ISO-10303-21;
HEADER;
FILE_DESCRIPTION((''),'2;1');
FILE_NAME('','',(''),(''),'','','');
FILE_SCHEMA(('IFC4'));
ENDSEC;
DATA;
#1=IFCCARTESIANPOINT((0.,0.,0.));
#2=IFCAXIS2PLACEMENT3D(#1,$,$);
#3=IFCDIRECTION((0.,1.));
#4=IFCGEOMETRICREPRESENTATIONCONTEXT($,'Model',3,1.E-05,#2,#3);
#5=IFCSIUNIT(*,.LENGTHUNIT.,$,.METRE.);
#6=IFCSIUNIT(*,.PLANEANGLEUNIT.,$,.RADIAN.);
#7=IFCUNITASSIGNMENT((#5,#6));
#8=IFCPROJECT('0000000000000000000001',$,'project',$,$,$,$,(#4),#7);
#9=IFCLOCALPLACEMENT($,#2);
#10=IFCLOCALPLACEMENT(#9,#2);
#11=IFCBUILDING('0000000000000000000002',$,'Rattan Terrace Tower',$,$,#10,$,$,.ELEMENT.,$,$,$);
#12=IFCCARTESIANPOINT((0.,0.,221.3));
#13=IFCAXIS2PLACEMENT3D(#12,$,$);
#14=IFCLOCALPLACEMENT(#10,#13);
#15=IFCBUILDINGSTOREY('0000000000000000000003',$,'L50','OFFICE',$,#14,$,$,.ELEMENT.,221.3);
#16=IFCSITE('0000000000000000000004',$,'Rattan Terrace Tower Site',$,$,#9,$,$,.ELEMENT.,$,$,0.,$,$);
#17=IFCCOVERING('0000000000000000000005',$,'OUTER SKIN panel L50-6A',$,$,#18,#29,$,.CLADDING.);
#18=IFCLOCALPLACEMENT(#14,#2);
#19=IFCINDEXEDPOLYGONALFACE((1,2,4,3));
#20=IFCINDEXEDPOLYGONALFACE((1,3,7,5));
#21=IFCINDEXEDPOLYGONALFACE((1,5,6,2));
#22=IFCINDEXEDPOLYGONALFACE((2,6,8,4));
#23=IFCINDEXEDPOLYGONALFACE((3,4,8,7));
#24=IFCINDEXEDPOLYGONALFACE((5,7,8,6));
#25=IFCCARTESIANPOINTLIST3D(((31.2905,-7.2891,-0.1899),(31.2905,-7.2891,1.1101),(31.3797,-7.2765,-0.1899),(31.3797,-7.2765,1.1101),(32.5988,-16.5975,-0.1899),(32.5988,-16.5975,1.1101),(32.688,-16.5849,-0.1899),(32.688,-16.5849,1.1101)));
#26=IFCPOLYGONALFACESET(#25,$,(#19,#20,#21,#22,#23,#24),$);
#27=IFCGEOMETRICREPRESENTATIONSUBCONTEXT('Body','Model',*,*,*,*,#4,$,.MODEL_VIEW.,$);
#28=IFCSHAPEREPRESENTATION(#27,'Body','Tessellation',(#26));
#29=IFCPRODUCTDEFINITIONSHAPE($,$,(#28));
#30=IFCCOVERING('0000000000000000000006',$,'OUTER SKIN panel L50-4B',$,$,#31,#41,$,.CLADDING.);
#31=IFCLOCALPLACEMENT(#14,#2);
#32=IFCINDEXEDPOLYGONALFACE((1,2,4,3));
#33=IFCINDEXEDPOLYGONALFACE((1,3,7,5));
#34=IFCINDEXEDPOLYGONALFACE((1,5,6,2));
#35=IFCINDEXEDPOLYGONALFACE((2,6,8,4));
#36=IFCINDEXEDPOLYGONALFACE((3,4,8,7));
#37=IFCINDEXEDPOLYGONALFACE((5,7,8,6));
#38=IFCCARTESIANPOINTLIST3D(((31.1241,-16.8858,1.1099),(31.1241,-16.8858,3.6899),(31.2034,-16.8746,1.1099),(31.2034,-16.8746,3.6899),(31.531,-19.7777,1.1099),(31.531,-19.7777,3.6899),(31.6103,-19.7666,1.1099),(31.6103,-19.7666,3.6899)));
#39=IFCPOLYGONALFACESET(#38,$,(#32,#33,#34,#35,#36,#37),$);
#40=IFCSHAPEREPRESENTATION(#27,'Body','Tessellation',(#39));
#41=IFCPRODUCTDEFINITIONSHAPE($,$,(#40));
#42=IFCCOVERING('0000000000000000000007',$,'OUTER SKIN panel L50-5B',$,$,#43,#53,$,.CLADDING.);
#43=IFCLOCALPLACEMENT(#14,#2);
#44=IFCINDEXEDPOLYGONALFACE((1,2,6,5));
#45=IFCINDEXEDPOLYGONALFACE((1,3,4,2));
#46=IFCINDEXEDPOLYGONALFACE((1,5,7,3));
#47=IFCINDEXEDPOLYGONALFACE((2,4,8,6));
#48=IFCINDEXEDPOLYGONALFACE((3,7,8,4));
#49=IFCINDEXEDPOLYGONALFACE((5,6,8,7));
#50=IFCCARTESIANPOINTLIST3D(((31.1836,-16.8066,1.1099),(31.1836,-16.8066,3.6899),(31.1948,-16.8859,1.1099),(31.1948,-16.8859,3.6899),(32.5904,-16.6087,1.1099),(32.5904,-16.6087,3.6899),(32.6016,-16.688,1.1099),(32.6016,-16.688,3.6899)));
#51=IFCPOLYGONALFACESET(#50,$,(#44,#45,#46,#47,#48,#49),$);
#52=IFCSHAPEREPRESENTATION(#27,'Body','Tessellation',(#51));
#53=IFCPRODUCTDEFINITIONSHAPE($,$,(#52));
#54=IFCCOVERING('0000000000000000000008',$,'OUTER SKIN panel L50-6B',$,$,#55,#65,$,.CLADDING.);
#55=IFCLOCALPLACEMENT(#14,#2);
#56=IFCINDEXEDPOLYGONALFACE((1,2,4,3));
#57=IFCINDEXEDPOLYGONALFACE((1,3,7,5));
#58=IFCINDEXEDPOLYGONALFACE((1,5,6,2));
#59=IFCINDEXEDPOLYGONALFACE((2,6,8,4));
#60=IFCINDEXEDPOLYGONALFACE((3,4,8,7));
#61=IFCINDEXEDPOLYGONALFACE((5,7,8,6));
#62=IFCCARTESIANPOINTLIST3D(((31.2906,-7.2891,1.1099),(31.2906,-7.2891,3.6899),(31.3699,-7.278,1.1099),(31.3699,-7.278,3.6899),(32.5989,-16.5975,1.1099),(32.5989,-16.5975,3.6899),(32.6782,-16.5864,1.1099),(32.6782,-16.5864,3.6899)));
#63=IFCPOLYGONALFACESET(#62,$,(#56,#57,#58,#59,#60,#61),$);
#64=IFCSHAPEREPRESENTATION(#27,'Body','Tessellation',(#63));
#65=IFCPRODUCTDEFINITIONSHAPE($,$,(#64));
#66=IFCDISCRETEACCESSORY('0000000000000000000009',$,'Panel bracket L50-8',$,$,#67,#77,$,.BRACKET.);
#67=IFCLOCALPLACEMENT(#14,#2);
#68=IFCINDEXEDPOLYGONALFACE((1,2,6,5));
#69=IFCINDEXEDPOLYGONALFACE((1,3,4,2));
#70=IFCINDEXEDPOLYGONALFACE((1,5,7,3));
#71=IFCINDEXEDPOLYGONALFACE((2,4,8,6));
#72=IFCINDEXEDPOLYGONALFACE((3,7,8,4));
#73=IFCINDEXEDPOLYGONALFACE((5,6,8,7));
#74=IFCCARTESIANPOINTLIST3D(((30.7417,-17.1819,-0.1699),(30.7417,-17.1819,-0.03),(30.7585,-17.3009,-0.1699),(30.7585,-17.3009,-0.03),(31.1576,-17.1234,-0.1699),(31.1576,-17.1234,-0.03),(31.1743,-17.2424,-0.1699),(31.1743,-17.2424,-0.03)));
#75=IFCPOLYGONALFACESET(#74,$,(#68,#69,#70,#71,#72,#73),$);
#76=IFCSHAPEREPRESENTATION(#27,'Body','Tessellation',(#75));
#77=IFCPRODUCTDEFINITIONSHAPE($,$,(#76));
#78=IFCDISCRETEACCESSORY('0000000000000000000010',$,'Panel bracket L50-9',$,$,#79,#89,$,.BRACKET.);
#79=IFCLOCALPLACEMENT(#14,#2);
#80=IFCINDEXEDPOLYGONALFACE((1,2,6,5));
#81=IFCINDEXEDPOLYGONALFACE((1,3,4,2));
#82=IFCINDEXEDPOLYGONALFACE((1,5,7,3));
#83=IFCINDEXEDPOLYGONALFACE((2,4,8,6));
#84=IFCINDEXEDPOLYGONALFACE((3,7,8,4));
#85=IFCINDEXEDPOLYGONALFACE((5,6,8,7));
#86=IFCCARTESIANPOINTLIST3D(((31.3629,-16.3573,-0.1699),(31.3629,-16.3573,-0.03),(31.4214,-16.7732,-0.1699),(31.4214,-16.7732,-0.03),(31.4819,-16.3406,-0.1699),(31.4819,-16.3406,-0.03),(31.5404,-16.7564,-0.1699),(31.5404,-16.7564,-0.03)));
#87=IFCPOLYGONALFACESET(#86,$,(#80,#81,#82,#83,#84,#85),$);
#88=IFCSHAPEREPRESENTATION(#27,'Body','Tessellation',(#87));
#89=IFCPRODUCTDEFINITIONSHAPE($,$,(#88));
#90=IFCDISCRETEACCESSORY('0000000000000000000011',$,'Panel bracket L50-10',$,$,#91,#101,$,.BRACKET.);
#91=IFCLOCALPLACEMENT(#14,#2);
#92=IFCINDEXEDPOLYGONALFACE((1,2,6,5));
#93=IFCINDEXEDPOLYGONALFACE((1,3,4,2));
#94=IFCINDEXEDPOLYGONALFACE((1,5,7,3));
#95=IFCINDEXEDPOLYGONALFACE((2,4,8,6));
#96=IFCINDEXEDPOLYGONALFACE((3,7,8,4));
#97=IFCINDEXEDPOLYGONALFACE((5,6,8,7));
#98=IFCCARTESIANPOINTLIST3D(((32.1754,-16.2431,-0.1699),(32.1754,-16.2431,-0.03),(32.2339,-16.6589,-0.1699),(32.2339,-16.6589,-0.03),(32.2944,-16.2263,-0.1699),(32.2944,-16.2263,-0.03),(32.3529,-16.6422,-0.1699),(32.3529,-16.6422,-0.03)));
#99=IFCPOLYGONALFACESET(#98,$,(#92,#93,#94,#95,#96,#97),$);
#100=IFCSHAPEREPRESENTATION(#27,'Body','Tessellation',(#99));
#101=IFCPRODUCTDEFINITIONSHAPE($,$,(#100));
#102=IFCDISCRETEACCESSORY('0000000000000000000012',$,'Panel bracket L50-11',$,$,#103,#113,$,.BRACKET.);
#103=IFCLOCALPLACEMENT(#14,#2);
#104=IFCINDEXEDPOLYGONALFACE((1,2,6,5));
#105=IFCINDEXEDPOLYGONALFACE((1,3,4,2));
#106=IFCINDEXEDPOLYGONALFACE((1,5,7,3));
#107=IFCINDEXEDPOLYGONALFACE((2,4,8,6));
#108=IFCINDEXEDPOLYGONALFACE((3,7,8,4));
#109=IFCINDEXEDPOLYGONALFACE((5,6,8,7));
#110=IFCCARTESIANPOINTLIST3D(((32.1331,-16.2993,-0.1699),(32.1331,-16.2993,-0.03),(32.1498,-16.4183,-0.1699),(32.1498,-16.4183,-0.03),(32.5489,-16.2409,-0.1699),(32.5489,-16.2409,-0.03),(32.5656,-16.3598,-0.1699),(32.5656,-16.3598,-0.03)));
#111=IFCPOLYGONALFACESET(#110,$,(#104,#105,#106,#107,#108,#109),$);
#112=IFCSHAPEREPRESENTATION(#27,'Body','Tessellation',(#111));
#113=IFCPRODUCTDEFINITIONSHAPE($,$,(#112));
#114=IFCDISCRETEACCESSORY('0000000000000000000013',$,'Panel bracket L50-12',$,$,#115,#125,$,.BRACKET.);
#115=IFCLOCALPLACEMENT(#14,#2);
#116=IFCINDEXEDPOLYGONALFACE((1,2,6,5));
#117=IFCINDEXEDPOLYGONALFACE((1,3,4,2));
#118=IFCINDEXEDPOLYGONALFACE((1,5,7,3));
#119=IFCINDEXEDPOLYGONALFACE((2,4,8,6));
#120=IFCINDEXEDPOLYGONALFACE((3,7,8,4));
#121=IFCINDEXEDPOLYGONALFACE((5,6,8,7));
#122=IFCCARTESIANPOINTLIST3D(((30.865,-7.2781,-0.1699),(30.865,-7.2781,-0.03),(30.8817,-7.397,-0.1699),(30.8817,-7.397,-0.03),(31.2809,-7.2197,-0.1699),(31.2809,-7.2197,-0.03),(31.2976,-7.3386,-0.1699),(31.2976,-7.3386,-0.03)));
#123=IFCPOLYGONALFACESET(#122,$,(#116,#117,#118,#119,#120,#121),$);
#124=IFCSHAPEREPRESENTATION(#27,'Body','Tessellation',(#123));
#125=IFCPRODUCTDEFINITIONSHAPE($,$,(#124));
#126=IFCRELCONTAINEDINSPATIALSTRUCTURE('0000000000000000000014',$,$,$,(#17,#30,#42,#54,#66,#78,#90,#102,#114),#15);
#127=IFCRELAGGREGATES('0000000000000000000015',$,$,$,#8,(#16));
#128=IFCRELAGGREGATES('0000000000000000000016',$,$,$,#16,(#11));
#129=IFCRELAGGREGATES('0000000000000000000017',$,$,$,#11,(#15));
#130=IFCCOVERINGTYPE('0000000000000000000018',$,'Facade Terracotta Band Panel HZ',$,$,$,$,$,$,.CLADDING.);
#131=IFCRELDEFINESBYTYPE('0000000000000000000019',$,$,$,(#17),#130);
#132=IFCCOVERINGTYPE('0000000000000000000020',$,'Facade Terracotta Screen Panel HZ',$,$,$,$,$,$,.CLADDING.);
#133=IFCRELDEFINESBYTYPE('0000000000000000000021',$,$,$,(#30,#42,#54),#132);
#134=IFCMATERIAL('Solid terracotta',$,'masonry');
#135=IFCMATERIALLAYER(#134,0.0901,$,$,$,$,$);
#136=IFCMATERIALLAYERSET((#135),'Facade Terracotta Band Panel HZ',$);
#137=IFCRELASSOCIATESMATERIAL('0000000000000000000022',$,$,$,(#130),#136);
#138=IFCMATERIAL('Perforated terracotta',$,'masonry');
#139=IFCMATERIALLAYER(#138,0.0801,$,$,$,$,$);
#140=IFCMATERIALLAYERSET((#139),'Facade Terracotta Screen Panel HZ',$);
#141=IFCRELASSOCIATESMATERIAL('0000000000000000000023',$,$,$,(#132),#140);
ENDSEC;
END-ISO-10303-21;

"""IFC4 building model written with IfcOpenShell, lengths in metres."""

from ifc_helpers import new_model, si_unit, direction, frame, origin, origin_2d, place, context, subcontext, project, spatial, rectangle, extrude, material, layer, layer_set, type_object, element, save


model = new_model("IFC4")

# Units and contexts
model_context = context("Model", 3, precision=1e-05, world=origin(), true_north=direction((0.0, 1.0)))
body_context = subcontext(model_context, "Body", "Model", "MODEL_VIEW")
ifc_project = project(units=[si_unit("LENGTHUNIT", "METRE"), si_unit("PLANEANGLEUNIT", "RADIAN")], contexts=[model_context])

# Site, building, storey
site_placement = place(None, origin())
site = spatial("IfcSite", under=ifc_project, at=site_placement, Name="Rattan Terrace Tower Site", CompositionType="ELEMENT", RefElevation=0.0)
building_placement = place(site_placement, origin())
building = spatial("IfcBuilding", under=site, at=building_placement, Name="Rattan Terrace Tower", CompositionType="ELEMENT")
storey_placement = place(building_placement, frame((0.0, 0.0, 221.3)))
storey = spatial("IfcBuildingStorey", under=building, at=storey_placement, Name="L50", Description="OFFICE", CompositionType="ELEMENT", Elevation=221.3)

# Coverings
ifc_material_1 = material(Name="Solid terracotta", Category="masonry")
ifc_layer_1 = layer(ifc_material_1, 0.0901)
ifc_layer_set_1 = layer_set([ifc_layer_1], Name="Facade Terracotta Band Panel HZ")
covering_type_1 = type_object("IfcCoveringType", Name="Facade Terracotta Band Panel HZ", PredefinedType="CLADDING", material=ifc_layer_set_1)
covering_1_placement = place(storey_placement, frame((31.9893, -11.937, -0.1899), z_axis=(0.0, 0.0, 1.0), x_axis=(-0.139186, 0.990266, 0.0)))
element("IfcCovering", 1, at=covering_1_placement, inside=storey, type_object=covering_type_1, Name="OUTER SKIN panel L50-6A", PredefinedType="CLADDING", context=body_context, shape_type="SweptSolid", body=[
    extrude(rectangle(XDim=9.3999, YDim=0.0901, at=origin_2d()), origin(), (0.0, 0.0, 1.0), 1.3),
])
ifc_material_2 = material(Name="Perforated terracotta", Category="masonry")
ifc_layer_2 = layer(ifc_material_2, 0.0801)
ifc_layer_set_2 = layer_set([ifc_layer_2], Name="Facade Terracotta Screen Panel HZ")
covering_type_2 = type_object("IfcCoveringType", Name="Facade Terracotta Screen Panel HZ", PredefinedType="CLADDING", material=ifc_layer_set_2)
covering_2_placement = place(storey_placement, frame((31.3672, -18.3262, 1.1099), z_axis=(0.0, 0.0, 1.0), x_axis=(-0.139321, 0.990247, 0.0)))
element("IfcCovering", 2, at=covering_2_placement, inside=storey, type_object=covering_type_2, Name="OUTER SKIN panel L50-4B", PredefinedType="CLADDING", context=body_context, shape_type="SweptSolid", body=[
    extrude(rectangle(XDim=2.9204, YDim=0.0801, at=origin_2d()), origin(), (0.0, 0.0, 1.0), 2.5801),
])
covering_3_placement = place(storey_placement, frame((31.8926, -16.7473, 1.1099), z_axis=(0.0, 0.0, 1.0), x_axis=(0.990254, 0.139275, 0.0)))
element("IfcCovering", 3, at=covering_3_placement, inside=storey, type_object=covering_type_2, Name="OUTER SKIN panel L50-5B", PredefinedType="CLADDING", context=body_context, shape_type="SweptSolid", body=[
    extrude(rectangle(XDim=1.4207, YDim=0.0801, at=origin_2d()), origin(), (0.0, 0.0, 1.0), 2.5801),
])
covering_4_placement = place(storey_placement, frame((31.9844, -11.9377, 1.1099), z_axis=(0.0, 0.0, 1.0), x_axis=(-0.139186, 0.990266, 0.0)))
element("IfcCovering", 4, at=covering_4_placement, inside=storey, type_object=covering_type_2, Name="OUTER SKIN panel L50-6B", PredefinedType="CLADDING", context=body_context, shape_type="SweptSolid", body=[
    extrude(rectangle(XDim=9.3999, YDim=0.0801, at=origin_2d()), origin(), (0.0, 0.0, 1.0), 2.5801),
])

# Discrete accessories
for number, where, z_axis, x_axis, name in (
    (5, (30.958, -17.2122, -0.1699), (0.0, 0.0, 1.0), (-0.139321, 0.990247, 0.0), "Panel bracket L50-8"),
    (6, (31.4517, -16.5569, -0.1699), (0.0, 0.0, 1.0), (0.990254, 0.139275, 0.0), "Panel bracket L50-9"),
    (7, (32.2642, -16.4426, -0.1699), (0.0, 0.0, 1.0), (0.990254, 0.139275, 0.0), "Panel bracket L50-10"),
    (8, (32.3494, -16.3296, -0.1699), (0.0, 0.0, 1.0), (-0.139186, 0.990266, 0.0), "Panel bracket L50-11"),
    (9, (31.0813, -7.3083, -0.1699), (0.0, 0.0, 1.0), (-0.139186, 0.990266, 0.0), "Panel bracket L50-12"),
):
    element("IfcDiscreteAccessory", number, at=place(storey_placement, frame(where, z_axis=z_axis, x_axis=x_axis)), inside=storey, Name=name, PredefinedType="BRACKET", context=body_context, shape_type="SweptSolid", body=[
        extrude(rectangle(XDim=0.1201, YDim=0.4199, at=origin_2d()), origin(), (0.0, 0.0, 1.0), 0.1399),
    ])

save(model, "model.ifc")
